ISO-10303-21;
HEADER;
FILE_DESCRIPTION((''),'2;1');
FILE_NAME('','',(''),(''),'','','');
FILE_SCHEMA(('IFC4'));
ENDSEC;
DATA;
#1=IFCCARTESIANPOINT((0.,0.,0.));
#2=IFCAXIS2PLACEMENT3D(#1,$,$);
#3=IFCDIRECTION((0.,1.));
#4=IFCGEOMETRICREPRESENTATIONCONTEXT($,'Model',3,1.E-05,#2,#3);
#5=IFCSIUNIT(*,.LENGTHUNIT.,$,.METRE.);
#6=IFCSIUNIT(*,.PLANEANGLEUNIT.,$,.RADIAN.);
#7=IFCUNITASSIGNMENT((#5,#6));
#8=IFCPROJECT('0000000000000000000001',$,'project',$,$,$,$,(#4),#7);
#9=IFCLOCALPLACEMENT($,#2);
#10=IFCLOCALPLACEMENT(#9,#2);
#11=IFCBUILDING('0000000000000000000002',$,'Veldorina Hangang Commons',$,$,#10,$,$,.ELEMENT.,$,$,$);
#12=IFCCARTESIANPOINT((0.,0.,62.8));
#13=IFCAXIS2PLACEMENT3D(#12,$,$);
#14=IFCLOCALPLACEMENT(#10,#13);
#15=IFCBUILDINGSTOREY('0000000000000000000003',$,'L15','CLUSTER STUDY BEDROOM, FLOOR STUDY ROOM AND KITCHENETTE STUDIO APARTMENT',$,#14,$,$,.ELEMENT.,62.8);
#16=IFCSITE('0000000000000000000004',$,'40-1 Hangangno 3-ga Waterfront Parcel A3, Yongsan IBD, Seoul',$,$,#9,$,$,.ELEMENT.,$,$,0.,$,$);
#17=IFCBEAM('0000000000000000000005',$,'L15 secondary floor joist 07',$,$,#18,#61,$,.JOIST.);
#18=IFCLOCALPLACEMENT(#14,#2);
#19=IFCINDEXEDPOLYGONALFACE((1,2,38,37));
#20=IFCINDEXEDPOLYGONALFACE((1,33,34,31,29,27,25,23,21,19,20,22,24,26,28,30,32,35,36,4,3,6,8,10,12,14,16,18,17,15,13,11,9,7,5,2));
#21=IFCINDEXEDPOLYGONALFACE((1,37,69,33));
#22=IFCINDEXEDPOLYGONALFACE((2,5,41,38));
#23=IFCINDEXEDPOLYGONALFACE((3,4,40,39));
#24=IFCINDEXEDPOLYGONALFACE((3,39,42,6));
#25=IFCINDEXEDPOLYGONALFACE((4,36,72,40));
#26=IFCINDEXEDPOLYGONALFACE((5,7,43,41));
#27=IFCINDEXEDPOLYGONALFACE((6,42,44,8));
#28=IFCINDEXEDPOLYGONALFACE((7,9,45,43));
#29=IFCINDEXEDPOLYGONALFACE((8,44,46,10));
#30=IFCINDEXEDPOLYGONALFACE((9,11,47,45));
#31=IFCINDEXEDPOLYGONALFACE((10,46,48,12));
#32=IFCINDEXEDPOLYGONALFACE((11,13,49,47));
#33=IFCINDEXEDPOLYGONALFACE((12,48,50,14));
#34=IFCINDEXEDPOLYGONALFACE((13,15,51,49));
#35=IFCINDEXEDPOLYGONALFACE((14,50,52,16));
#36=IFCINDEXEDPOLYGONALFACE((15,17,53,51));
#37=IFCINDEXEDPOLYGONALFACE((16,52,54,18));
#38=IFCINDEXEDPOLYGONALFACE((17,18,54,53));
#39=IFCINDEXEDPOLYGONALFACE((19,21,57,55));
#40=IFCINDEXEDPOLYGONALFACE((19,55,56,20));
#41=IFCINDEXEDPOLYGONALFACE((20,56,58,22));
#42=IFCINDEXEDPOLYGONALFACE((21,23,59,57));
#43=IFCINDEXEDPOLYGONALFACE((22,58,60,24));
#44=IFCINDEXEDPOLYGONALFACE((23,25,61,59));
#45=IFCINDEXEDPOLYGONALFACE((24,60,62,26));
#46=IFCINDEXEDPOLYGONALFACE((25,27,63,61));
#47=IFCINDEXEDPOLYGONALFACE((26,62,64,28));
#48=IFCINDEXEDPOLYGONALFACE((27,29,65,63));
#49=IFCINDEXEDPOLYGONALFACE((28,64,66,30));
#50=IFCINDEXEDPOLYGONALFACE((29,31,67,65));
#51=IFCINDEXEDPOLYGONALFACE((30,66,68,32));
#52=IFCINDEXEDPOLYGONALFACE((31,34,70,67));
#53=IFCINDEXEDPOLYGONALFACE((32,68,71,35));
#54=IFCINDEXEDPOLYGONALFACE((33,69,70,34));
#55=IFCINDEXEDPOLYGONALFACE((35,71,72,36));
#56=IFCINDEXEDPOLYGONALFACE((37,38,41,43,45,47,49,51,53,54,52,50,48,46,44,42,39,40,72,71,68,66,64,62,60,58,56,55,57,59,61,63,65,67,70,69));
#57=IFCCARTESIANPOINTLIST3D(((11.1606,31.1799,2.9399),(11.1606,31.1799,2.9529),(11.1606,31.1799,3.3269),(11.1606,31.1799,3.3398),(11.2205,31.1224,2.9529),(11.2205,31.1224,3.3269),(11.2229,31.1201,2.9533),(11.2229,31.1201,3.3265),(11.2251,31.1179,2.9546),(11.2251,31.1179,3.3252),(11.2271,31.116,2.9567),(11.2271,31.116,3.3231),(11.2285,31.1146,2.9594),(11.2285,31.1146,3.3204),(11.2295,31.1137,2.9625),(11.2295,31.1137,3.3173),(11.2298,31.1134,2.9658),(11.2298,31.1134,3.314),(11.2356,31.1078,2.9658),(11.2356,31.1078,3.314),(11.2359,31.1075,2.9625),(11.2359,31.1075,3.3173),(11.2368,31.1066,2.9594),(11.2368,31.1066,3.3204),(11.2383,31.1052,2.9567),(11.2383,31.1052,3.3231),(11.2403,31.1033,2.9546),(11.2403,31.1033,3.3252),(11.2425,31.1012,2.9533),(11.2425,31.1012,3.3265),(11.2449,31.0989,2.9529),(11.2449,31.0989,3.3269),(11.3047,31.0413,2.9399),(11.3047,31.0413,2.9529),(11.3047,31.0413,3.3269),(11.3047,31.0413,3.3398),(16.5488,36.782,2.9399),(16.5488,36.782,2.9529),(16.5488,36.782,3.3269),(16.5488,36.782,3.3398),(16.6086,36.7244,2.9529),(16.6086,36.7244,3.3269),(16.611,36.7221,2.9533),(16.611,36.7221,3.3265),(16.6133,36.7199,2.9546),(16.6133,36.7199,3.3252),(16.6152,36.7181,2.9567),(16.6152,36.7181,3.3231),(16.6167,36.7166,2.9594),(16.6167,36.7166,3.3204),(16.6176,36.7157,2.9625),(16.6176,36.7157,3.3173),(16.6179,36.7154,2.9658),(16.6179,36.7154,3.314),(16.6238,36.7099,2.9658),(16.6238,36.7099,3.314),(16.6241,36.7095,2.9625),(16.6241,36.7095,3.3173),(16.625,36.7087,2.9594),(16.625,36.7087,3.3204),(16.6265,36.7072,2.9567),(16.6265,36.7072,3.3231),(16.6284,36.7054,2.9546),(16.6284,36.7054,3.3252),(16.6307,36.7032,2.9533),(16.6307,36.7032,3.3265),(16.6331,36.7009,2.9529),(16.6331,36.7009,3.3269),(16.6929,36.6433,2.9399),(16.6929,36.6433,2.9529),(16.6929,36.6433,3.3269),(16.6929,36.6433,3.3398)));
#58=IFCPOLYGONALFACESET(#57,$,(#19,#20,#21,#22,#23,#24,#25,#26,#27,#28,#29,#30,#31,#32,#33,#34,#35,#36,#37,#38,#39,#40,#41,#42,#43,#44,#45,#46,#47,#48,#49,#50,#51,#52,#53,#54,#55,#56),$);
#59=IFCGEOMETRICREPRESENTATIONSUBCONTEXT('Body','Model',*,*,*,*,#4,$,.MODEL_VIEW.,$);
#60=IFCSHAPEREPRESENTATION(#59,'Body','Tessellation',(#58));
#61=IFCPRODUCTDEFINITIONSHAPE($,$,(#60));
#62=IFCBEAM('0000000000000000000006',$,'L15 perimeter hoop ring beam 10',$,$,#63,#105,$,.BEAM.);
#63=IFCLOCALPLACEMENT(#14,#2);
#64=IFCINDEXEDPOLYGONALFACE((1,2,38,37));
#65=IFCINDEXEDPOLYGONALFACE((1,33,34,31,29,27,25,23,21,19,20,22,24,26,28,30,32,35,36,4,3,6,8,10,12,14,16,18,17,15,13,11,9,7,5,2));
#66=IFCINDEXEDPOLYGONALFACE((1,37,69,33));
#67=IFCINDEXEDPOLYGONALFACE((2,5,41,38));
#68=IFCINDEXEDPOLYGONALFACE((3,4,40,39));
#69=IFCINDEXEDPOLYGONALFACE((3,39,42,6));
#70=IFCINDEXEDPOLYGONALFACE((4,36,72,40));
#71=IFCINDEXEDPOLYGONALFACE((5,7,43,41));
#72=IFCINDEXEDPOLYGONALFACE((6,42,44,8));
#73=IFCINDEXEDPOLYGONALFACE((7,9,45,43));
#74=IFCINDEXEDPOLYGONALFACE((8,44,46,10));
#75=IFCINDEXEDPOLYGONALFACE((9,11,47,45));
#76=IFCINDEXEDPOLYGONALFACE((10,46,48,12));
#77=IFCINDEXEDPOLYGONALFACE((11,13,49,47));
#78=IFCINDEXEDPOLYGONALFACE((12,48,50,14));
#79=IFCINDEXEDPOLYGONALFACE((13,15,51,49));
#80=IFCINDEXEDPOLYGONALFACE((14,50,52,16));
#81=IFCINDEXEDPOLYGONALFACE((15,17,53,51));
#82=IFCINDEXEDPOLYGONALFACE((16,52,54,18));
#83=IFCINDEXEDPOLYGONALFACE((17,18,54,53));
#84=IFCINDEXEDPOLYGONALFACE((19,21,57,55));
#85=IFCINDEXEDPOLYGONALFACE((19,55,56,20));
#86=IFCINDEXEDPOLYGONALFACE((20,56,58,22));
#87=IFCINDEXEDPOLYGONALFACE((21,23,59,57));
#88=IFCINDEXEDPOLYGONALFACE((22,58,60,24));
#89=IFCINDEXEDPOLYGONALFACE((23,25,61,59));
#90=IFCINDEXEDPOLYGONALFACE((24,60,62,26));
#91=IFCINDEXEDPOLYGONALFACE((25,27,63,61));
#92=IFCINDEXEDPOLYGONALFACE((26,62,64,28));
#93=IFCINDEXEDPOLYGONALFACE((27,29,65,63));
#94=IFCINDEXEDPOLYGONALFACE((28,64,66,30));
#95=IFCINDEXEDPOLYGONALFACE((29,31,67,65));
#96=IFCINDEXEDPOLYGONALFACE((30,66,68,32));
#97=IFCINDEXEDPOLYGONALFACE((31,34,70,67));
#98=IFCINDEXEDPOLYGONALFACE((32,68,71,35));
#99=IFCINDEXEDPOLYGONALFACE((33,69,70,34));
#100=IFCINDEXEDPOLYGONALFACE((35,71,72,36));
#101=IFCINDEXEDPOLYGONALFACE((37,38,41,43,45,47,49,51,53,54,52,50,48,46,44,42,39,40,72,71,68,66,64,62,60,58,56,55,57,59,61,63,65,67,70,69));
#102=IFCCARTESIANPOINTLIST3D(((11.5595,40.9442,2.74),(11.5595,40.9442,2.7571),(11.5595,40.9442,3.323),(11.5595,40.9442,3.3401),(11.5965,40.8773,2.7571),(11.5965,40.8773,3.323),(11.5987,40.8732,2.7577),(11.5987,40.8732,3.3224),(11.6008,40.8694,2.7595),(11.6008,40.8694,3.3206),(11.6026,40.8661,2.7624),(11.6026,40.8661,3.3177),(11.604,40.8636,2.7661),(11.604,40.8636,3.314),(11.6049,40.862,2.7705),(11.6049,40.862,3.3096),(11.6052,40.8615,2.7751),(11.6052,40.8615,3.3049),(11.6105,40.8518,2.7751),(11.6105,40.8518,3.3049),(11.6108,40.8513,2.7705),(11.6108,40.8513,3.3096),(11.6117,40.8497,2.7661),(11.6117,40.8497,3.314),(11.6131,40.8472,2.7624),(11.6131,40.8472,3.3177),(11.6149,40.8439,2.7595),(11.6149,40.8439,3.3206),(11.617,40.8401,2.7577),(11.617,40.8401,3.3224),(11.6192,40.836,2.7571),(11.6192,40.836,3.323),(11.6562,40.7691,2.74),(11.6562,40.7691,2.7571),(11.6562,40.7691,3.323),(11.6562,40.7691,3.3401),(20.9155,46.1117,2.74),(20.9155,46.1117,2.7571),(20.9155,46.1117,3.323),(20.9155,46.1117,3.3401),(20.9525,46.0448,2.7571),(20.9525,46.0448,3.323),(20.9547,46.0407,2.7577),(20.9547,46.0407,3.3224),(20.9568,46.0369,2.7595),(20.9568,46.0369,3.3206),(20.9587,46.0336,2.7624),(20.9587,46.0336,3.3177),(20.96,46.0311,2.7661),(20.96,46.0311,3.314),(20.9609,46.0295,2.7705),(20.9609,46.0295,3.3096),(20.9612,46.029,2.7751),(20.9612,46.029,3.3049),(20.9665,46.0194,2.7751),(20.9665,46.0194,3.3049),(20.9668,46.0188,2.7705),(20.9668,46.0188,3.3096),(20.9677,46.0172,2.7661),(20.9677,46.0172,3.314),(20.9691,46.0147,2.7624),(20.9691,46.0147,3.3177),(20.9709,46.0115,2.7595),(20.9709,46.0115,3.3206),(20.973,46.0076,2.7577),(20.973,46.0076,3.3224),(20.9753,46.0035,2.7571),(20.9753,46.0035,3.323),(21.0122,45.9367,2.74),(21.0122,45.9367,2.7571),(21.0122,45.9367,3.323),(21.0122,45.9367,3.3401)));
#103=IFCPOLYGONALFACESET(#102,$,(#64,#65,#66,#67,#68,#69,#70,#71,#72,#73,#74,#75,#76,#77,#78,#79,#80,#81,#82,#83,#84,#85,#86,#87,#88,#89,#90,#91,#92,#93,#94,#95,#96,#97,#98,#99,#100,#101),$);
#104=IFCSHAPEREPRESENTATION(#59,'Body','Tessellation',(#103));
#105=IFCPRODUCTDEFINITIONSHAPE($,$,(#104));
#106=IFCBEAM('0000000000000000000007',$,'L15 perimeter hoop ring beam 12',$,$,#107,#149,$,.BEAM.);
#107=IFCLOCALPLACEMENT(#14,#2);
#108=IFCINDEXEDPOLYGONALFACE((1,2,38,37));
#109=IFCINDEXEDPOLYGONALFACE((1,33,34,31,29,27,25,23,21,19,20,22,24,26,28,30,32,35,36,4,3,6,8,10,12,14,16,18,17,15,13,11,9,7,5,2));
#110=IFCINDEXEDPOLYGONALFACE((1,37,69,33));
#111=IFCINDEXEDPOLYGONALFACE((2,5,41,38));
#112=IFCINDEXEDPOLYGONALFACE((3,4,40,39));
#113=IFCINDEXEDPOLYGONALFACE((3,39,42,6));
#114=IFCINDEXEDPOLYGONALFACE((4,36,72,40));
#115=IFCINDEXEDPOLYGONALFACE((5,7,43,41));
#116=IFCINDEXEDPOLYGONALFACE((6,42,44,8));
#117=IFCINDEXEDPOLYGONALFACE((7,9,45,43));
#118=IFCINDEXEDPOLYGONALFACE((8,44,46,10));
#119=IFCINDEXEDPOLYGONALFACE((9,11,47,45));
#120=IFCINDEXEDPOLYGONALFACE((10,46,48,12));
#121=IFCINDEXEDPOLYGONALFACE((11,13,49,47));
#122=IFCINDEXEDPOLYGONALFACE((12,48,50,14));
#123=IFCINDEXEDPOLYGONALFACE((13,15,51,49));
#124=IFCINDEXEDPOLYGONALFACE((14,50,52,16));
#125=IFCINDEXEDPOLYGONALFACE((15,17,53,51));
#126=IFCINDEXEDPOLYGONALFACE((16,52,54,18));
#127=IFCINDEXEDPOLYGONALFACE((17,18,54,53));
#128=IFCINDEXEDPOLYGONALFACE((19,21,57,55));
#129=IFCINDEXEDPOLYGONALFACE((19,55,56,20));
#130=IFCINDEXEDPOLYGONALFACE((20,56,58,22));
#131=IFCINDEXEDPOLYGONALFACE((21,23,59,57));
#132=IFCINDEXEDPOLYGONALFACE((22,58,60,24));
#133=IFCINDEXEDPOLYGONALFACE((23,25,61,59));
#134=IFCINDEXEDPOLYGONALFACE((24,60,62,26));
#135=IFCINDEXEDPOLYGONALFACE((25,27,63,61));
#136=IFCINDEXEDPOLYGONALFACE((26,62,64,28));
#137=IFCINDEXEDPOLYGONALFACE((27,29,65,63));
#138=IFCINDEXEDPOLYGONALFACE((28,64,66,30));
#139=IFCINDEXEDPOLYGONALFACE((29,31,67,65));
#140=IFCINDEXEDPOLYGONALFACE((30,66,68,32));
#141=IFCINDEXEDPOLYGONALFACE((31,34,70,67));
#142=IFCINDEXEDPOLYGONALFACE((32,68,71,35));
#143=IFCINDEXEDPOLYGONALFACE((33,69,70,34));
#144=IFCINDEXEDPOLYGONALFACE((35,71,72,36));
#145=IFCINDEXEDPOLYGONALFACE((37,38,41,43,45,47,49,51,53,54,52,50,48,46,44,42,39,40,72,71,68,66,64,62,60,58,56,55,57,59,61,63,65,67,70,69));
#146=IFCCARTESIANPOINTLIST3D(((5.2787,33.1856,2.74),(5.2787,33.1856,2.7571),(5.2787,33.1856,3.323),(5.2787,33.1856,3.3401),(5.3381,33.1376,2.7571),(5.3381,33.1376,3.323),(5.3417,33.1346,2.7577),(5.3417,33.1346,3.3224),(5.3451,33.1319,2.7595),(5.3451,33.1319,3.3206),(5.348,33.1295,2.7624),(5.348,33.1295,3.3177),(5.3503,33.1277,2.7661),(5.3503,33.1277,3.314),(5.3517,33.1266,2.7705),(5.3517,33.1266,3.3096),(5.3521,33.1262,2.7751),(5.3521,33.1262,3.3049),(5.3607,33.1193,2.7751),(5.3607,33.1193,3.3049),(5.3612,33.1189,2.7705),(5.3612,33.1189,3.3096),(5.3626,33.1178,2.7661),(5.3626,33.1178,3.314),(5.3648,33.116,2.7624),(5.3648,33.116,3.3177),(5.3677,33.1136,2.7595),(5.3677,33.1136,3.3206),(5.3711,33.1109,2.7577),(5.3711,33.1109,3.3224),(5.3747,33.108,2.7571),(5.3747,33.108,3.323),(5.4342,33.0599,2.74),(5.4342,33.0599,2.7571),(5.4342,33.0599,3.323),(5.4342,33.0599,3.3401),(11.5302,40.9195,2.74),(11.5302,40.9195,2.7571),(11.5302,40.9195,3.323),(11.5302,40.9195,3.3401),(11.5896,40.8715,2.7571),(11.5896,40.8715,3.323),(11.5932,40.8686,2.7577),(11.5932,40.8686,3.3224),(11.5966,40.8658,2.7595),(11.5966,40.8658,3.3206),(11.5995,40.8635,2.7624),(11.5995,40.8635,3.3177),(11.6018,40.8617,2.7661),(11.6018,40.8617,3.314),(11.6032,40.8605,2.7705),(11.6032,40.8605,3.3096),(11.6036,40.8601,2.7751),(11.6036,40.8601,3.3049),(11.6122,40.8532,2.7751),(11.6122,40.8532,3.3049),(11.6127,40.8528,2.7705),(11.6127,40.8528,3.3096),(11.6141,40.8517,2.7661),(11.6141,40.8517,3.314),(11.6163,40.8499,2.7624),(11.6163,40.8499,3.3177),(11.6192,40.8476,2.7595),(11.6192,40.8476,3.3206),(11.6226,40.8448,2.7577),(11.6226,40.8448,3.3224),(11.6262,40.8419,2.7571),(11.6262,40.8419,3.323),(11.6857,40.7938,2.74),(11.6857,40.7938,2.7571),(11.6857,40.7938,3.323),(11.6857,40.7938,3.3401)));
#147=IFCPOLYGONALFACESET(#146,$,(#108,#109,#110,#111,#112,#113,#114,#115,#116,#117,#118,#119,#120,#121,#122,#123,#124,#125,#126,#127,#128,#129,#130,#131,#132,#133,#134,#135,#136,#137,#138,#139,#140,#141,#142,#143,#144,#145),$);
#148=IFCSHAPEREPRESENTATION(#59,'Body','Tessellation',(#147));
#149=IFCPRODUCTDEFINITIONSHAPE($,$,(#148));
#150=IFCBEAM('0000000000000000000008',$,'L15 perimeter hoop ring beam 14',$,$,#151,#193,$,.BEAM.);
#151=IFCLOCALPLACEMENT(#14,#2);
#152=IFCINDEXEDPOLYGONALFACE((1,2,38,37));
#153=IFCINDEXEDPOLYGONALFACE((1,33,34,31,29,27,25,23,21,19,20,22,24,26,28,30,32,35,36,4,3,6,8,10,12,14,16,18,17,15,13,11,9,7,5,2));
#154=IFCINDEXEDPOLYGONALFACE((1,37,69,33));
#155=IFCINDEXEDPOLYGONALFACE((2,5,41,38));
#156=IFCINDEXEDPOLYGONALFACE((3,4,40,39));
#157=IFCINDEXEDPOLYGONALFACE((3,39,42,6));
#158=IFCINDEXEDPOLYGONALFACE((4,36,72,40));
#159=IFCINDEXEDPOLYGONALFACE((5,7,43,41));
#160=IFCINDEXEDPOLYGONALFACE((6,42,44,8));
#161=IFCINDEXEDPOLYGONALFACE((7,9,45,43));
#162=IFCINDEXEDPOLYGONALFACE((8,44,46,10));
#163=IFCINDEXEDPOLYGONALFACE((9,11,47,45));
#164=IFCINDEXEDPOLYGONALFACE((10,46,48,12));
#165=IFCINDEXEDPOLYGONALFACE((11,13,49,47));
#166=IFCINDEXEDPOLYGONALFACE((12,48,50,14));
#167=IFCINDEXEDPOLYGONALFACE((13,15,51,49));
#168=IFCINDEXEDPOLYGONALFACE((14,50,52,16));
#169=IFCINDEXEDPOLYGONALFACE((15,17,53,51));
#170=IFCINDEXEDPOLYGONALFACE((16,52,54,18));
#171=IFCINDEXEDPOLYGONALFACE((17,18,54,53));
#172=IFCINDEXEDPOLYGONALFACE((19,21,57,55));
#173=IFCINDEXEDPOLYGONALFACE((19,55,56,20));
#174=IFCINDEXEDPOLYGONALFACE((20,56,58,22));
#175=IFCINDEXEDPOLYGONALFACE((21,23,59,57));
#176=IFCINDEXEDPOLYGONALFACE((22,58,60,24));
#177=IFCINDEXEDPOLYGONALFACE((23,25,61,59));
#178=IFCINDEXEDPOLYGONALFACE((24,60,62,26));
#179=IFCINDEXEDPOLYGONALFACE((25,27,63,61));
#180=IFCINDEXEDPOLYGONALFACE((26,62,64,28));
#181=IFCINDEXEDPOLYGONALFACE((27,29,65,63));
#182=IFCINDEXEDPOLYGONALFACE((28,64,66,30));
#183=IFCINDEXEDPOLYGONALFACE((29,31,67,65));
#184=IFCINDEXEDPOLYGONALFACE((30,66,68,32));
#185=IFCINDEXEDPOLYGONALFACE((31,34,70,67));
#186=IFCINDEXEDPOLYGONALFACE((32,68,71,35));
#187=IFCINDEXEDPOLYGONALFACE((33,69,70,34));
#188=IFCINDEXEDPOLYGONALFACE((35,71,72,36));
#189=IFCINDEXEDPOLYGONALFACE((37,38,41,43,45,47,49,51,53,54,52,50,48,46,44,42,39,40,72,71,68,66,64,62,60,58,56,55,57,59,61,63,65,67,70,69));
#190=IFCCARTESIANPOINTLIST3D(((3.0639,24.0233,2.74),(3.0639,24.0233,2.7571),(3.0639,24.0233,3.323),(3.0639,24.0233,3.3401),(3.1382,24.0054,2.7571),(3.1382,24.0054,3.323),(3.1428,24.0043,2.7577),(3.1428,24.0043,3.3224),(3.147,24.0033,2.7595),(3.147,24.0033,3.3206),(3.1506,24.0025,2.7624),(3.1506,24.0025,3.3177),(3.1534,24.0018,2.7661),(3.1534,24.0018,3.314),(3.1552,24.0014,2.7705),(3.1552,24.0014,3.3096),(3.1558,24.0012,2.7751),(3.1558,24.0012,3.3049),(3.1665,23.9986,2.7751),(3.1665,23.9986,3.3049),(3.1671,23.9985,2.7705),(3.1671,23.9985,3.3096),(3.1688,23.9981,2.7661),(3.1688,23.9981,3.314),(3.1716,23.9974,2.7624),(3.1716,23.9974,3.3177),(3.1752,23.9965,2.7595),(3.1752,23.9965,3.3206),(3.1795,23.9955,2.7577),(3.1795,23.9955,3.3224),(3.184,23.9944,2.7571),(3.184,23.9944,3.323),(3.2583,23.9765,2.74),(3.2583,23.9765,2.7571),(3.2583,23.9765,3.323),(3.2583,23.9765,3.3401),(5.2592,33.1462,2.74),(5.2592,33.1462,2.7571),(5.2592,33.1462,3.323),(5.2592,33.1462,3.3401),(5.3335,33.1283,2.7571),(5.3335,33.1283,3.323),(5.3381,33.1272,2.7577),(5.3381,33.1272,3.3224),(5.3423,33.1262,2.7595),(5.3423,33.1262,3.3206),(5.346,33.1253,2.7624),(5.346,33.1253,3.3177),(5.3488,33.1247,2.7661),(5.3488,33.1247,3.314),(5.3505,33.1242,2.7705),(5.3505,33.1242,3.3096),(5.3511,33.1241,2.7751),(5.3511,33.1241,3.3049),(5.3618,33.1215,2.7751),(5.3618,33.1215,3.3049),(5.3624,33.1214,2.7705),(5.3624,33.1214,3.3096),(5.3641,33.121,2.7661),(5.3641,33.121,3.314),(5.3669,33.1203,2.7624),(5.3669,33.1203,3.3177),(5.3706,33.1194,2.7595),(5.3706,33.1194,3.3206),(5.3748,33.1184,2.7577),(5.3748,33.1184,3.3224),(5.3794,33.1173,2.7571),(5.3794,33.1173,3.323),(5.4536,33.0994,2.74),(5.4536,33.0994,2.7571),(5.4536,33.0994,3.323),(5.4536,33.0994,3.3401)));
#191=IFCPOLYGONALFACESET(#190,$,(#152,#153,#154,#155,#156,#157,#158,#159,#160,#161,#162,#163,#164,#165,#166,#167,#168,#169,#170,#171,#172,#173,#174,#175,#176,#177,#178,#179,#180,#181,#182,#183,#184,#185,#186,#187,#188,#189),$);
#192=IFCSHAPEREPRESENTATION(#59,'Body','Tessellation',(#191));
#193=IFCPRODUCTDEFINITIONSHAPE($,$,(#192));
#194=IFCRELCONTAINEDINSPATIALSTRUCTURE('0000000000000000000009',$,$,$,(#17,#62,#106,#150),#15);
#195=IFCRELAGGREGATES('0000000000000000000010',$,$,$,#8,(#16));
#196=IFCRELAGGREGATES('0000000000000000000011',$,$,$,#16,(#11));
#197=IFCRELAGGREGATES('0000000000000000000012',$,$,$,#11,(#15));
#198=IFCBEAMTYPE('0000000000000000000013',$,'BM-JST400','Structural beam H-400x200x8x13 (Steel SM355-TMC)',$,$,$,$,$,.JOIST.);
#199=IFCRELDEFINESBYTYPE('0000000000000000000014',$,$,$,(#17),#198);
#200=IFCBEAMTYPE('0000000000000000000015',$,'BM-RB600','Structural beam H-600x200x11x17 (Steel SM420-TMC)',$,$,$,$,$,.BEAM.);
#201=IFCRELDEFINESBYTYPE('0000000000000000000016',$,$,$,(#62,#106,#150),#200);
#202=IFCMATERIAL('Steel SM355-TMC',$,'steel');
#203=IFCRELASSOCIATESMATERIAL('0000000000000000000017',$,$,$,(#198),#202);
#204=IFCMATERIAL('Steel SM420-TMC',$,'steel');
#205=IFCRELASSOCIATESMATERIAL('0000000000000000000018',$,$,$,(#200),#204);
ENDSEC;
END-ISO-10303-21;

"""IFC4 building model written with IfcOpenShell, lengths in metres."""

from ifc_helpers import new_model, si_unit, direction, frame, origin, origin_2d, place, context, subcontext, project, spatial, i_section, extrude, material, material_profile, profile_set, type_object, element, save


model = new_model("IFC4")

# Units and contexts
model_context = context("Model", 3, precision=1e-05, world=origin(), true_north=direction((0.0, 1.0)))
body_context = subcontext(model_context, "Body", "Model", "MODEL_VIEW")
ifc_project = project(units=[si_unit("LENGTHUNIT", "METRE"), si_unit("PLANEANGLEUNIT", "RADIAN")], contexts=[model_context])

# Site, building, storey
site_placement = place(None, origin())
site = spatial("IfcSite", under=ifc_project, at=site_placement, Name="40-1 Hangangno 3-ga Waterfront Parcel A3, Yongsan IBD, Seoul", CompositionType="ELEMENT", RefElevation=0.0)
building_placement = place(site_placement, origin())
building = spatial("IfcBuilding", under=site, at=building_placement, Name="Veldorina Hangang Commons", CompositionType="ELEMENT")
storey_placement = place(building_placement, frame((0.0, 0.0, 62.8)))
storey = spatial("IfcBuildingStorey", under=building, at=storey_placement, Name="L15", Description="CLUSTER STUDY BEDROOM, FLOOR STUDY ROOM AND KITCHENETTE STUDIO APARTMENT", CompositionType="ELEMENT", Elevation=62.8)

# Beams
ifc_material_1 = material(Name="Steel SM355-TMC", Category="steel")
ifc_material_profile_1 = material_profile(ifc_material_1, i_section(OverallWidth=0.2, OverallDepth=0.3999, WebThickness=0.0081, FlangeThickness=0.0129, FilletRadius=0.0129, at=origin_2d()), Name="H-400x200x8x13")
ifc_profile_set_1 = profile_set([ifc_material_profile_1], Name="Steel SM355-TMC")
beam_type_1 = type_object("IfcBeamType", Name="BM-JST400", Description="Structural beam H-400x200x8x13 (Steel SM355-TMC)", PredefinedType="JOIST", material=ifc_profile_set_1)
beam_1_placement = place(storey_placement, frame((16.6208, 36.7126, 3.1399), z_axis=(-0.693215, -0.72073, 0.0), x_axis=(0.72073, -0.693215, 0.0)))
element("IfcBeam", 1, at=beam_1_placement, inside=storey, type_object=beam_type_1, Name="L15 secondary floor joist 07", PredefinedType="JOIST", context=body_context, shape_type="SweptSolid", body=[
    extrude(i_section(OverallWidth=0.2, OverallDepth=0.3999, WebThickness=0.0081, FlangeThickness=0.0129, FilletRadius=0.0129, at=origin_2d()), origin(), (0.0, 0.0, 1.0), 7.7727),
])
ifc_material_2 = material(Name="Steel SM420-TMC", Category="steel")
ifc_material_profile_2 = material_profile(ifc_material_2, i_section(OverallWidth=0.2, OverallDepth=0.6001, WebThickness=0.011, FlangeThickness=0.0171, FilletRadius=0.0181, at=origin_2d()), Name="H-600x200x11x17")
ifc_profile_set_2 = profile_set([ifc_material_profile_2], Name="Steel SM420-TMC")
beam_type_2 = type_object("IfcBeamType", Name="BM-RB600", Description="Structural beam H-600x200x11x17 (Steel SM420-TMC)", PredefinedType="BEAM", material=ifc_profile_set_2)
beam_2_placement = place(storey_placement, frame((20.9639, 46.0242, 3.04), z_axis=(-0.875357, -0.483477, 0.0), x_axis=(0.483477, -0.875357, 0.0)))
element("IfcBeam", 2, at=beam_2_placement, inside=storey, type_object=beam_type_2, Name="L15 perimeter hoop ring beam 10", PredefinedType="BEAM", context=body_context, shape_type="SweptSolid", body=[
    extrude(i_section(OverallWidth=0.2, OverallDepth=0.6001, WebThickness=0.011, FlangeThickness=0.0171, FilletRadius=0.0181, at=origin_2d()), origin(), (0.0, 0.0, 1.0), 10.6882),
])
beam_3_placement = place(storey_placement, frame((11.6079, 40.8567, 3.04), z_axis=(-0.628633, -0.777702, 0.0), x_axis=(0.777702, -0.628633, 0.0)))
element("IfcBeam", 3, at=beam_3_placement, inside=storey, type_object=beam_type_2, Name="L15 perimeter hoop ring beam 12", PredefinedType="BEAM", context=body_context, shape_type="SweptSolid", body=[
    extrude(i_section(OverallWidth=0.2, OverallDepth=0.6001, WebThickness=0.011, FlangeThickness=0.0171, FilletRadius=0.0181, at=origin_2d()), origin(), (0.0, 0.0, 1.0), 9.9446),
])
beam_4_placement = place(storey_placement, frame((5.3564, 33.1228, 3.04), z_axis=(-0.233961, -0.972246, 0.0), x_axis=(0.972246, -0.233961, 0.0)))
element("IfcBeam", 4, at=beam_4_placement, inside=storey, type_object=beam_type_2, Name="L15 perimeter hoop ring beam 14", PredefinedType="BEAM", context=body_context, shape_type="SweptSolid", body=[
    extrude(i_section(OverallWidth=0.2, OverallDepth=0.6001, WebThickness=0.011, FlangeThickness=0.0171, FilletRadius=0.0181, at=origin_2d()), origin(), (0.0, 0.0, 1.0), 9.3833),
])

save(model, "model.ifc")
